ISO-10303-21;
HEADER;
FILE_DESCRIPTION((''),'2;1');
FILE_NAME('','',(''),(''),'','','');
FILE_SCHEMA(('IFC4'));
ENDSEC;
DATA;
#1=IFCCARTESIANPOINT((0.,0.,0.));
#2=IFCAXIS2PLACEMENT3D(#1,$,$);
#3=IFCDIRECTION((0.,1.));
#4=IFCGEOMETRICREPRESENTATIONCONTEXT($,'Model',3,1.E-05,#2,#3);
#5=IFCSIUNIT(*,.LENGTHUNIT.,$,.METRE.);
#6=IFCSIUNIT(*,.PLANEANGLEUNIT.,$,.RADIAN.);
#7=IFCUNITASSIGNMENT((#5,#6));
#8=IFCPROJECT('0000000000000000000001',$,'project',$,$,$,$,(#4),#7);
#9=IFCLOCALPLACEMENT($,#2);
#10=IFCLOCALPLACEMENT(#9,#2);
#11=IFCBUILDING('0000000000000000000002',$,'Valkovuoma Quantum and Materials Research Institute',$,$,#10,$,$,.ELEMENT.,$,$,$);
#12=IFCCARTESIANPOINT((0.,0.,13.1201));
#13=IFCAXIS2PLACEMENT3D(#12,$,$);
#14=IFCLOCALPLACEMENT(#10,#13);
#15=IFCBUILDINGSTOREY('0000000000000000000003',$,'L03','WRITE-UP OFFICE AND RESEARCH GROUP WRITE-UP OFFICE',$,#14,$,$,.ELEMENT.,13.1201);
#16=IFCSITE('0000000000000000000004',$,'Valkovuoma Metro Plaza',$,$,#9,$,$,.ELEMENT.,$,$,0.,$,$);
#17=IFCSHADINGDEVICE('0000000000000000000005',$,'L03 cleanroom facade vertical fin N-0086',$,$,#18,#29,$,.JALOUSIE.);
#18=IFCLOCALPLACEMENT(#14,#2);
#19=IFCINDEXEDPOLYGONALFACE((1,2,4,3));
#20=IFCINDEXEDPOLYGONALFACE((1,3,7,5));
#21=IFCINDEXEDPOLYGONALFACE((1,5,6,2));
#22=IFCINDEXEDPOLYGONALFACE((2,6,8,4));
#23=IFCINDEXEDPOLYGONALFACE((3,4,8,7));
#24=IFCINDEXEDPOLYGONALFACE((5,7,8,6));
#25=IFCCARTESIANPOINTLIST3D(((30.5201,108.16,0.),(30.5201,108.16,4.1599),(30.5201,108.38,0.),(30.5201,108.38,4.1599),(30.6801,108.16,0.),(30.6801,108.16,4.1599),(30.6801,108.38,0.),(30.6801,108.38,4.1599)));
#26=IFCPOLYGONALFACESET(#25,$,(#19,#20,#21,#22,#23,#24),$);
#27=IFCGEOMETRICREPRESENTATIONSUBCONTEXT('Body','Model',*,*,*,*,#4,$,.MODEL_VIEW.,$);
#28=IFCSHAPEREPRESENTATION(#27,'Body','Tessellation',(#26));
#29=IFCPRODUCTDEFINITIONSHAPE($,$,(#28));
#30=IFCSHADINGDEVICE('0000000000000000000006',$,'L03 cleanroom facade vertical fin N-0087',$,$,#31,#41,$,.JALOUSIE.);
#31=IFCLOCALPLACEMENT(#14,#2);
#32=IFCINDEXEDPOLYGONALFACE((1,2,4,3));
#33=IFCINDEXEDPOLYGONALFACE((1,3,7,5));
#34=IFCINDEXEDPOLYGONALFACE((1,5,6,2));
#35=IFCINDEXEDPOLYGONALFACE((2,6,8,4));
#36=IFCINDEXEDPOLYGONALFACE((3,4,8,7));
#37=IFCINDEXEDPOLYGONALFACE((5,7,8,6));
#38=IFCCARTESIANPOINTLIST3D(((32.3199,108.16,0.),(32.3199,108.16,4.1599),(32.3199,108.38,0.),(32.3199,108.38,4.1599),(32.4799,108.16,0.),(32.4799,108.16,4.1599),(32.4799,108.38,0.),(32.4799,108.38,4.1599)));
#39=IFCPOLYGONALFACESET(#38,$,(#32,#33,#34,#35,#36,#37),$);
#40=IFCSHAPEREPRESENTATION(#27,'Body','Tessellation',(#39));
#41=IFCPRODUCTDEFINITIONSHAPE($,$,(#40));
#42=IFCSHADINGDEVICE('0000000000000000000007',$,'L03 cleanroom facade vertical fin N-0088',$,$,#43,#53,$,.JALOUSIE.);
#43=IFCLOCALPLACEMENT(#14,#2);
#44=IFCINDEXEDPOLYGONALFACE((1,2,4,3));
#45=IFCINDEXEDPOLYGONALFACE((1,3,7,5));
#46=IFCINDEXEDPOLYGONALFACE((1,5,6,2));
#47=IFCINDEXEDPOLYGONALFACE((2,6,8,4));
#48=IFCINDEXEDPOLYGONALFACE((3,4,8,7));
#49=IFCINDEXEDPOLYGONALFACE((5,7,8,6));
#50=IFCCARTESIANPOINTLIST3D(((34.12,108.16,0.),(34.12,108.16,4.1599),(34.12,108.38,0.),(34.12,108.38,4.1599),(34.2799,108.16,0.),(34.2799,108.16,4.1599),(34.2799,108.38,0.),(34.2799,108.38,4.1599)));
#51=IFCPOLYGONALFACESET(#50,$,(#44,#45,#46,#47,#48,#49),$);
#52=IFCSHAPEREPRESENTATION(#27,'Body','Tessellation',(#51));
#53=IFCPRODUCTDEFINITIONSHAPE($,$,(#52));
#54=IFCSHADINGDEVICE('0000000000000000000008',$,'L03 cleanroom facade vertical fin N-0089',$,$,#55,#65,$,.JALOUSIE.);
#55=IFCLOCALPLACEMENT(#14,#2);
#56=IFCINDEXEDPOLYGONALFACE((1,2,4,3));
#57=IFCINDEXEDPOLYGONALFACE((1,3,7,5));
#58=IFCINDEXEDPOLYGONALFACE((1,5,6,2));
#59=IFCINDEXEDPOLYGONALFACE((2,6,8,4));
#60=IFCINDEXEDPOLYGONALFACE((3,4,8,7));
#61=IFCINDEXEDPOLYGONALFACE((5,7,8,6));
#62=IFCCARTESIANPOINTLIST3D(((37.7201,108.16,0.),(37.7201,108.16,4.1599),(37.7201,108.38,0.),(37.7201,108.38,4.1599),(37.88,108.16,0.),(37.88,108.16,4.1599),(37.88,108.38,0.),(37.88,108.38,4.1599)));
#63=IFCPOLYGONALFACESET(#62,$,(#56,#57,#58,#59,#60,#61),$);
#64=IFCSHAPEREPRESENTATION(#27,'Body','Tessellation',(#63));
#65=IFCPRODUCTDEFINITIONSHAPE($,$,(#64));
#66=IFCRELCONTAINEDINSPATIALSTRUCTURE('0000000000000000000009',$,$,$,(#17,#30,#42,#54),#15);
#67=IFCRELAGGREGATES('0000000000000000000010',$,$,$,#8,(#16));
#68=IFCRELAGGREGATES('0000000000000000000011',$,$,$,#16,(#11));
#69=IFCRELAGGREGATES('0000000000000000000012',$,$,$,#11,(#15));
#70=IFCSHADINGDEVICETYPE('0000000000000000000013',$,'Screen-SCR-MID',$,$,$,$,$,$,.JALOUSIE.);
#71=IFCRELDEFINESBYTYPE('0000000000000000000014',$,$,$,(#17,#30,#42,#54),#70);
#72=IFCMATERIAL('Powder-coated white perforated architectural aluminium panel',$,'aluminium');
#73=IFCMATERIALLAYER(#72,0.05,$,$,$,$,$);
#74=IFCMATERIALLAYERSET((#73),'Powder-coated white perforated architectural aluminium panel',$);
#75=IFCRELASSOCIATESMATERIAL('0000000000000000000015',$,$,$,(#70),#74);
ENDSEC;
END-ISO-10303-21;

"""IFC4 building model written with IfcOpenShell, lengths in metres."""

from ifc_helpers import new_model, si_unit, direction, frame, origin, origin_2d, place, context, subcontext, project, spatial, rectangle, extrude, material, layer, layer_set, type_object, element, save


model = new_model("IFC4")

# Units and contexts
model_context = context("Model", 3, precision=1e-05, world=origin(), true_north=direction((0.0, 1.0)))
body_context = subcontext(model_context, "Body", "Model", "MODEL_VIEW")
ifc_project = project(units=[si_unit("LENGTHUNIT", "METRE"), si_unit("PLANEANGLEUNIT", "RADIAN")], contexts=[model_context])

# Site, building, storey
site_placement = place(None, origin())
site = spatial("IfcSite", under=ifc_project, at=site_placement, Name="Valkovuoma Metro Plaza", CompositionType="ELEMENT", RefElevation=0.0)
building_placement = place(site_placement, origin())
building = spatial("IfcBuilding", under=site, at=building_placement, Name="Valkovuoma Quantum and Materials Research Institute", CompositionType="ELEMENT")
storey_placement = place(building_placement, frame((0.0, 0.0, 13.1201)))
storey = spatial("IfcBuildingStorey", under=building, at=storey_placement, Name="L03", Description="WRITE-UP OFFICE AND RESEARCH GROUP WRITE-UP OFFICE", CompositionType="ELEMENT", Elevation=13.1201)

# Shading devices
ifc_material_1 = material(Name="Powder-coated white perforated architectural aluminium panel", Category="aluminium")
ifc_layer_1 = layer(ifc_material_1, 0.05)
ifc_layer_set_1 = layer_set([ifc_layer_1], Name="Powder-coated white perforated architectural aluminium panel")
shading_device_type = type_object("IfcShadingDeviceType", Name="Screen-SCR-MID", PredefinedType="JALOUSIE", material=ifc_layer_set_1)
for number, where, z_axis, x_axis, name in (
    (1, (30.6001, 108.27, 0.0), (0.0, 0.0, 1.0), (1.0, 0.0, 0.0), "L03 cleanroom facade vertical fin N-0086"),
    (2, (32.3999, 108.27, 0.0), (0.0, 0.0, 1.0), (1.0, 0.0, 0.0), "L03 cleanroom facade vertical fin N-0087"),
    (3, (34.2, 108.27, 0.0), (0.0, 0.0, 1.0), (1.0, 0.0, 0.0), "L03 cleanroom facade vertical fin N-0088"),
    (4, (37.8, 108.27, 0.0), (0.0, 0.0, 1.0), (1.0, 0.0, 0.0), "L03 cleanroom facade vertical fin N-0089"),
):
    element("IfcShadingDevice", number, at=place(storey_placement, frame(where, z_axis=z_axis, x_axis=x_axis)), inside=storey, type_object=shading_device_type, Name=name, PredefinedType="JALOUSIE", context=body_context, shape_type="SweptSolid", body=[
        extrude(rectangle(XDim=0.1599, YDim=0.22, at=origin_2d()), origin(), (0.0, 0.0, 1.0), 4.1599),
    ])

save(model, "model.ifc")
